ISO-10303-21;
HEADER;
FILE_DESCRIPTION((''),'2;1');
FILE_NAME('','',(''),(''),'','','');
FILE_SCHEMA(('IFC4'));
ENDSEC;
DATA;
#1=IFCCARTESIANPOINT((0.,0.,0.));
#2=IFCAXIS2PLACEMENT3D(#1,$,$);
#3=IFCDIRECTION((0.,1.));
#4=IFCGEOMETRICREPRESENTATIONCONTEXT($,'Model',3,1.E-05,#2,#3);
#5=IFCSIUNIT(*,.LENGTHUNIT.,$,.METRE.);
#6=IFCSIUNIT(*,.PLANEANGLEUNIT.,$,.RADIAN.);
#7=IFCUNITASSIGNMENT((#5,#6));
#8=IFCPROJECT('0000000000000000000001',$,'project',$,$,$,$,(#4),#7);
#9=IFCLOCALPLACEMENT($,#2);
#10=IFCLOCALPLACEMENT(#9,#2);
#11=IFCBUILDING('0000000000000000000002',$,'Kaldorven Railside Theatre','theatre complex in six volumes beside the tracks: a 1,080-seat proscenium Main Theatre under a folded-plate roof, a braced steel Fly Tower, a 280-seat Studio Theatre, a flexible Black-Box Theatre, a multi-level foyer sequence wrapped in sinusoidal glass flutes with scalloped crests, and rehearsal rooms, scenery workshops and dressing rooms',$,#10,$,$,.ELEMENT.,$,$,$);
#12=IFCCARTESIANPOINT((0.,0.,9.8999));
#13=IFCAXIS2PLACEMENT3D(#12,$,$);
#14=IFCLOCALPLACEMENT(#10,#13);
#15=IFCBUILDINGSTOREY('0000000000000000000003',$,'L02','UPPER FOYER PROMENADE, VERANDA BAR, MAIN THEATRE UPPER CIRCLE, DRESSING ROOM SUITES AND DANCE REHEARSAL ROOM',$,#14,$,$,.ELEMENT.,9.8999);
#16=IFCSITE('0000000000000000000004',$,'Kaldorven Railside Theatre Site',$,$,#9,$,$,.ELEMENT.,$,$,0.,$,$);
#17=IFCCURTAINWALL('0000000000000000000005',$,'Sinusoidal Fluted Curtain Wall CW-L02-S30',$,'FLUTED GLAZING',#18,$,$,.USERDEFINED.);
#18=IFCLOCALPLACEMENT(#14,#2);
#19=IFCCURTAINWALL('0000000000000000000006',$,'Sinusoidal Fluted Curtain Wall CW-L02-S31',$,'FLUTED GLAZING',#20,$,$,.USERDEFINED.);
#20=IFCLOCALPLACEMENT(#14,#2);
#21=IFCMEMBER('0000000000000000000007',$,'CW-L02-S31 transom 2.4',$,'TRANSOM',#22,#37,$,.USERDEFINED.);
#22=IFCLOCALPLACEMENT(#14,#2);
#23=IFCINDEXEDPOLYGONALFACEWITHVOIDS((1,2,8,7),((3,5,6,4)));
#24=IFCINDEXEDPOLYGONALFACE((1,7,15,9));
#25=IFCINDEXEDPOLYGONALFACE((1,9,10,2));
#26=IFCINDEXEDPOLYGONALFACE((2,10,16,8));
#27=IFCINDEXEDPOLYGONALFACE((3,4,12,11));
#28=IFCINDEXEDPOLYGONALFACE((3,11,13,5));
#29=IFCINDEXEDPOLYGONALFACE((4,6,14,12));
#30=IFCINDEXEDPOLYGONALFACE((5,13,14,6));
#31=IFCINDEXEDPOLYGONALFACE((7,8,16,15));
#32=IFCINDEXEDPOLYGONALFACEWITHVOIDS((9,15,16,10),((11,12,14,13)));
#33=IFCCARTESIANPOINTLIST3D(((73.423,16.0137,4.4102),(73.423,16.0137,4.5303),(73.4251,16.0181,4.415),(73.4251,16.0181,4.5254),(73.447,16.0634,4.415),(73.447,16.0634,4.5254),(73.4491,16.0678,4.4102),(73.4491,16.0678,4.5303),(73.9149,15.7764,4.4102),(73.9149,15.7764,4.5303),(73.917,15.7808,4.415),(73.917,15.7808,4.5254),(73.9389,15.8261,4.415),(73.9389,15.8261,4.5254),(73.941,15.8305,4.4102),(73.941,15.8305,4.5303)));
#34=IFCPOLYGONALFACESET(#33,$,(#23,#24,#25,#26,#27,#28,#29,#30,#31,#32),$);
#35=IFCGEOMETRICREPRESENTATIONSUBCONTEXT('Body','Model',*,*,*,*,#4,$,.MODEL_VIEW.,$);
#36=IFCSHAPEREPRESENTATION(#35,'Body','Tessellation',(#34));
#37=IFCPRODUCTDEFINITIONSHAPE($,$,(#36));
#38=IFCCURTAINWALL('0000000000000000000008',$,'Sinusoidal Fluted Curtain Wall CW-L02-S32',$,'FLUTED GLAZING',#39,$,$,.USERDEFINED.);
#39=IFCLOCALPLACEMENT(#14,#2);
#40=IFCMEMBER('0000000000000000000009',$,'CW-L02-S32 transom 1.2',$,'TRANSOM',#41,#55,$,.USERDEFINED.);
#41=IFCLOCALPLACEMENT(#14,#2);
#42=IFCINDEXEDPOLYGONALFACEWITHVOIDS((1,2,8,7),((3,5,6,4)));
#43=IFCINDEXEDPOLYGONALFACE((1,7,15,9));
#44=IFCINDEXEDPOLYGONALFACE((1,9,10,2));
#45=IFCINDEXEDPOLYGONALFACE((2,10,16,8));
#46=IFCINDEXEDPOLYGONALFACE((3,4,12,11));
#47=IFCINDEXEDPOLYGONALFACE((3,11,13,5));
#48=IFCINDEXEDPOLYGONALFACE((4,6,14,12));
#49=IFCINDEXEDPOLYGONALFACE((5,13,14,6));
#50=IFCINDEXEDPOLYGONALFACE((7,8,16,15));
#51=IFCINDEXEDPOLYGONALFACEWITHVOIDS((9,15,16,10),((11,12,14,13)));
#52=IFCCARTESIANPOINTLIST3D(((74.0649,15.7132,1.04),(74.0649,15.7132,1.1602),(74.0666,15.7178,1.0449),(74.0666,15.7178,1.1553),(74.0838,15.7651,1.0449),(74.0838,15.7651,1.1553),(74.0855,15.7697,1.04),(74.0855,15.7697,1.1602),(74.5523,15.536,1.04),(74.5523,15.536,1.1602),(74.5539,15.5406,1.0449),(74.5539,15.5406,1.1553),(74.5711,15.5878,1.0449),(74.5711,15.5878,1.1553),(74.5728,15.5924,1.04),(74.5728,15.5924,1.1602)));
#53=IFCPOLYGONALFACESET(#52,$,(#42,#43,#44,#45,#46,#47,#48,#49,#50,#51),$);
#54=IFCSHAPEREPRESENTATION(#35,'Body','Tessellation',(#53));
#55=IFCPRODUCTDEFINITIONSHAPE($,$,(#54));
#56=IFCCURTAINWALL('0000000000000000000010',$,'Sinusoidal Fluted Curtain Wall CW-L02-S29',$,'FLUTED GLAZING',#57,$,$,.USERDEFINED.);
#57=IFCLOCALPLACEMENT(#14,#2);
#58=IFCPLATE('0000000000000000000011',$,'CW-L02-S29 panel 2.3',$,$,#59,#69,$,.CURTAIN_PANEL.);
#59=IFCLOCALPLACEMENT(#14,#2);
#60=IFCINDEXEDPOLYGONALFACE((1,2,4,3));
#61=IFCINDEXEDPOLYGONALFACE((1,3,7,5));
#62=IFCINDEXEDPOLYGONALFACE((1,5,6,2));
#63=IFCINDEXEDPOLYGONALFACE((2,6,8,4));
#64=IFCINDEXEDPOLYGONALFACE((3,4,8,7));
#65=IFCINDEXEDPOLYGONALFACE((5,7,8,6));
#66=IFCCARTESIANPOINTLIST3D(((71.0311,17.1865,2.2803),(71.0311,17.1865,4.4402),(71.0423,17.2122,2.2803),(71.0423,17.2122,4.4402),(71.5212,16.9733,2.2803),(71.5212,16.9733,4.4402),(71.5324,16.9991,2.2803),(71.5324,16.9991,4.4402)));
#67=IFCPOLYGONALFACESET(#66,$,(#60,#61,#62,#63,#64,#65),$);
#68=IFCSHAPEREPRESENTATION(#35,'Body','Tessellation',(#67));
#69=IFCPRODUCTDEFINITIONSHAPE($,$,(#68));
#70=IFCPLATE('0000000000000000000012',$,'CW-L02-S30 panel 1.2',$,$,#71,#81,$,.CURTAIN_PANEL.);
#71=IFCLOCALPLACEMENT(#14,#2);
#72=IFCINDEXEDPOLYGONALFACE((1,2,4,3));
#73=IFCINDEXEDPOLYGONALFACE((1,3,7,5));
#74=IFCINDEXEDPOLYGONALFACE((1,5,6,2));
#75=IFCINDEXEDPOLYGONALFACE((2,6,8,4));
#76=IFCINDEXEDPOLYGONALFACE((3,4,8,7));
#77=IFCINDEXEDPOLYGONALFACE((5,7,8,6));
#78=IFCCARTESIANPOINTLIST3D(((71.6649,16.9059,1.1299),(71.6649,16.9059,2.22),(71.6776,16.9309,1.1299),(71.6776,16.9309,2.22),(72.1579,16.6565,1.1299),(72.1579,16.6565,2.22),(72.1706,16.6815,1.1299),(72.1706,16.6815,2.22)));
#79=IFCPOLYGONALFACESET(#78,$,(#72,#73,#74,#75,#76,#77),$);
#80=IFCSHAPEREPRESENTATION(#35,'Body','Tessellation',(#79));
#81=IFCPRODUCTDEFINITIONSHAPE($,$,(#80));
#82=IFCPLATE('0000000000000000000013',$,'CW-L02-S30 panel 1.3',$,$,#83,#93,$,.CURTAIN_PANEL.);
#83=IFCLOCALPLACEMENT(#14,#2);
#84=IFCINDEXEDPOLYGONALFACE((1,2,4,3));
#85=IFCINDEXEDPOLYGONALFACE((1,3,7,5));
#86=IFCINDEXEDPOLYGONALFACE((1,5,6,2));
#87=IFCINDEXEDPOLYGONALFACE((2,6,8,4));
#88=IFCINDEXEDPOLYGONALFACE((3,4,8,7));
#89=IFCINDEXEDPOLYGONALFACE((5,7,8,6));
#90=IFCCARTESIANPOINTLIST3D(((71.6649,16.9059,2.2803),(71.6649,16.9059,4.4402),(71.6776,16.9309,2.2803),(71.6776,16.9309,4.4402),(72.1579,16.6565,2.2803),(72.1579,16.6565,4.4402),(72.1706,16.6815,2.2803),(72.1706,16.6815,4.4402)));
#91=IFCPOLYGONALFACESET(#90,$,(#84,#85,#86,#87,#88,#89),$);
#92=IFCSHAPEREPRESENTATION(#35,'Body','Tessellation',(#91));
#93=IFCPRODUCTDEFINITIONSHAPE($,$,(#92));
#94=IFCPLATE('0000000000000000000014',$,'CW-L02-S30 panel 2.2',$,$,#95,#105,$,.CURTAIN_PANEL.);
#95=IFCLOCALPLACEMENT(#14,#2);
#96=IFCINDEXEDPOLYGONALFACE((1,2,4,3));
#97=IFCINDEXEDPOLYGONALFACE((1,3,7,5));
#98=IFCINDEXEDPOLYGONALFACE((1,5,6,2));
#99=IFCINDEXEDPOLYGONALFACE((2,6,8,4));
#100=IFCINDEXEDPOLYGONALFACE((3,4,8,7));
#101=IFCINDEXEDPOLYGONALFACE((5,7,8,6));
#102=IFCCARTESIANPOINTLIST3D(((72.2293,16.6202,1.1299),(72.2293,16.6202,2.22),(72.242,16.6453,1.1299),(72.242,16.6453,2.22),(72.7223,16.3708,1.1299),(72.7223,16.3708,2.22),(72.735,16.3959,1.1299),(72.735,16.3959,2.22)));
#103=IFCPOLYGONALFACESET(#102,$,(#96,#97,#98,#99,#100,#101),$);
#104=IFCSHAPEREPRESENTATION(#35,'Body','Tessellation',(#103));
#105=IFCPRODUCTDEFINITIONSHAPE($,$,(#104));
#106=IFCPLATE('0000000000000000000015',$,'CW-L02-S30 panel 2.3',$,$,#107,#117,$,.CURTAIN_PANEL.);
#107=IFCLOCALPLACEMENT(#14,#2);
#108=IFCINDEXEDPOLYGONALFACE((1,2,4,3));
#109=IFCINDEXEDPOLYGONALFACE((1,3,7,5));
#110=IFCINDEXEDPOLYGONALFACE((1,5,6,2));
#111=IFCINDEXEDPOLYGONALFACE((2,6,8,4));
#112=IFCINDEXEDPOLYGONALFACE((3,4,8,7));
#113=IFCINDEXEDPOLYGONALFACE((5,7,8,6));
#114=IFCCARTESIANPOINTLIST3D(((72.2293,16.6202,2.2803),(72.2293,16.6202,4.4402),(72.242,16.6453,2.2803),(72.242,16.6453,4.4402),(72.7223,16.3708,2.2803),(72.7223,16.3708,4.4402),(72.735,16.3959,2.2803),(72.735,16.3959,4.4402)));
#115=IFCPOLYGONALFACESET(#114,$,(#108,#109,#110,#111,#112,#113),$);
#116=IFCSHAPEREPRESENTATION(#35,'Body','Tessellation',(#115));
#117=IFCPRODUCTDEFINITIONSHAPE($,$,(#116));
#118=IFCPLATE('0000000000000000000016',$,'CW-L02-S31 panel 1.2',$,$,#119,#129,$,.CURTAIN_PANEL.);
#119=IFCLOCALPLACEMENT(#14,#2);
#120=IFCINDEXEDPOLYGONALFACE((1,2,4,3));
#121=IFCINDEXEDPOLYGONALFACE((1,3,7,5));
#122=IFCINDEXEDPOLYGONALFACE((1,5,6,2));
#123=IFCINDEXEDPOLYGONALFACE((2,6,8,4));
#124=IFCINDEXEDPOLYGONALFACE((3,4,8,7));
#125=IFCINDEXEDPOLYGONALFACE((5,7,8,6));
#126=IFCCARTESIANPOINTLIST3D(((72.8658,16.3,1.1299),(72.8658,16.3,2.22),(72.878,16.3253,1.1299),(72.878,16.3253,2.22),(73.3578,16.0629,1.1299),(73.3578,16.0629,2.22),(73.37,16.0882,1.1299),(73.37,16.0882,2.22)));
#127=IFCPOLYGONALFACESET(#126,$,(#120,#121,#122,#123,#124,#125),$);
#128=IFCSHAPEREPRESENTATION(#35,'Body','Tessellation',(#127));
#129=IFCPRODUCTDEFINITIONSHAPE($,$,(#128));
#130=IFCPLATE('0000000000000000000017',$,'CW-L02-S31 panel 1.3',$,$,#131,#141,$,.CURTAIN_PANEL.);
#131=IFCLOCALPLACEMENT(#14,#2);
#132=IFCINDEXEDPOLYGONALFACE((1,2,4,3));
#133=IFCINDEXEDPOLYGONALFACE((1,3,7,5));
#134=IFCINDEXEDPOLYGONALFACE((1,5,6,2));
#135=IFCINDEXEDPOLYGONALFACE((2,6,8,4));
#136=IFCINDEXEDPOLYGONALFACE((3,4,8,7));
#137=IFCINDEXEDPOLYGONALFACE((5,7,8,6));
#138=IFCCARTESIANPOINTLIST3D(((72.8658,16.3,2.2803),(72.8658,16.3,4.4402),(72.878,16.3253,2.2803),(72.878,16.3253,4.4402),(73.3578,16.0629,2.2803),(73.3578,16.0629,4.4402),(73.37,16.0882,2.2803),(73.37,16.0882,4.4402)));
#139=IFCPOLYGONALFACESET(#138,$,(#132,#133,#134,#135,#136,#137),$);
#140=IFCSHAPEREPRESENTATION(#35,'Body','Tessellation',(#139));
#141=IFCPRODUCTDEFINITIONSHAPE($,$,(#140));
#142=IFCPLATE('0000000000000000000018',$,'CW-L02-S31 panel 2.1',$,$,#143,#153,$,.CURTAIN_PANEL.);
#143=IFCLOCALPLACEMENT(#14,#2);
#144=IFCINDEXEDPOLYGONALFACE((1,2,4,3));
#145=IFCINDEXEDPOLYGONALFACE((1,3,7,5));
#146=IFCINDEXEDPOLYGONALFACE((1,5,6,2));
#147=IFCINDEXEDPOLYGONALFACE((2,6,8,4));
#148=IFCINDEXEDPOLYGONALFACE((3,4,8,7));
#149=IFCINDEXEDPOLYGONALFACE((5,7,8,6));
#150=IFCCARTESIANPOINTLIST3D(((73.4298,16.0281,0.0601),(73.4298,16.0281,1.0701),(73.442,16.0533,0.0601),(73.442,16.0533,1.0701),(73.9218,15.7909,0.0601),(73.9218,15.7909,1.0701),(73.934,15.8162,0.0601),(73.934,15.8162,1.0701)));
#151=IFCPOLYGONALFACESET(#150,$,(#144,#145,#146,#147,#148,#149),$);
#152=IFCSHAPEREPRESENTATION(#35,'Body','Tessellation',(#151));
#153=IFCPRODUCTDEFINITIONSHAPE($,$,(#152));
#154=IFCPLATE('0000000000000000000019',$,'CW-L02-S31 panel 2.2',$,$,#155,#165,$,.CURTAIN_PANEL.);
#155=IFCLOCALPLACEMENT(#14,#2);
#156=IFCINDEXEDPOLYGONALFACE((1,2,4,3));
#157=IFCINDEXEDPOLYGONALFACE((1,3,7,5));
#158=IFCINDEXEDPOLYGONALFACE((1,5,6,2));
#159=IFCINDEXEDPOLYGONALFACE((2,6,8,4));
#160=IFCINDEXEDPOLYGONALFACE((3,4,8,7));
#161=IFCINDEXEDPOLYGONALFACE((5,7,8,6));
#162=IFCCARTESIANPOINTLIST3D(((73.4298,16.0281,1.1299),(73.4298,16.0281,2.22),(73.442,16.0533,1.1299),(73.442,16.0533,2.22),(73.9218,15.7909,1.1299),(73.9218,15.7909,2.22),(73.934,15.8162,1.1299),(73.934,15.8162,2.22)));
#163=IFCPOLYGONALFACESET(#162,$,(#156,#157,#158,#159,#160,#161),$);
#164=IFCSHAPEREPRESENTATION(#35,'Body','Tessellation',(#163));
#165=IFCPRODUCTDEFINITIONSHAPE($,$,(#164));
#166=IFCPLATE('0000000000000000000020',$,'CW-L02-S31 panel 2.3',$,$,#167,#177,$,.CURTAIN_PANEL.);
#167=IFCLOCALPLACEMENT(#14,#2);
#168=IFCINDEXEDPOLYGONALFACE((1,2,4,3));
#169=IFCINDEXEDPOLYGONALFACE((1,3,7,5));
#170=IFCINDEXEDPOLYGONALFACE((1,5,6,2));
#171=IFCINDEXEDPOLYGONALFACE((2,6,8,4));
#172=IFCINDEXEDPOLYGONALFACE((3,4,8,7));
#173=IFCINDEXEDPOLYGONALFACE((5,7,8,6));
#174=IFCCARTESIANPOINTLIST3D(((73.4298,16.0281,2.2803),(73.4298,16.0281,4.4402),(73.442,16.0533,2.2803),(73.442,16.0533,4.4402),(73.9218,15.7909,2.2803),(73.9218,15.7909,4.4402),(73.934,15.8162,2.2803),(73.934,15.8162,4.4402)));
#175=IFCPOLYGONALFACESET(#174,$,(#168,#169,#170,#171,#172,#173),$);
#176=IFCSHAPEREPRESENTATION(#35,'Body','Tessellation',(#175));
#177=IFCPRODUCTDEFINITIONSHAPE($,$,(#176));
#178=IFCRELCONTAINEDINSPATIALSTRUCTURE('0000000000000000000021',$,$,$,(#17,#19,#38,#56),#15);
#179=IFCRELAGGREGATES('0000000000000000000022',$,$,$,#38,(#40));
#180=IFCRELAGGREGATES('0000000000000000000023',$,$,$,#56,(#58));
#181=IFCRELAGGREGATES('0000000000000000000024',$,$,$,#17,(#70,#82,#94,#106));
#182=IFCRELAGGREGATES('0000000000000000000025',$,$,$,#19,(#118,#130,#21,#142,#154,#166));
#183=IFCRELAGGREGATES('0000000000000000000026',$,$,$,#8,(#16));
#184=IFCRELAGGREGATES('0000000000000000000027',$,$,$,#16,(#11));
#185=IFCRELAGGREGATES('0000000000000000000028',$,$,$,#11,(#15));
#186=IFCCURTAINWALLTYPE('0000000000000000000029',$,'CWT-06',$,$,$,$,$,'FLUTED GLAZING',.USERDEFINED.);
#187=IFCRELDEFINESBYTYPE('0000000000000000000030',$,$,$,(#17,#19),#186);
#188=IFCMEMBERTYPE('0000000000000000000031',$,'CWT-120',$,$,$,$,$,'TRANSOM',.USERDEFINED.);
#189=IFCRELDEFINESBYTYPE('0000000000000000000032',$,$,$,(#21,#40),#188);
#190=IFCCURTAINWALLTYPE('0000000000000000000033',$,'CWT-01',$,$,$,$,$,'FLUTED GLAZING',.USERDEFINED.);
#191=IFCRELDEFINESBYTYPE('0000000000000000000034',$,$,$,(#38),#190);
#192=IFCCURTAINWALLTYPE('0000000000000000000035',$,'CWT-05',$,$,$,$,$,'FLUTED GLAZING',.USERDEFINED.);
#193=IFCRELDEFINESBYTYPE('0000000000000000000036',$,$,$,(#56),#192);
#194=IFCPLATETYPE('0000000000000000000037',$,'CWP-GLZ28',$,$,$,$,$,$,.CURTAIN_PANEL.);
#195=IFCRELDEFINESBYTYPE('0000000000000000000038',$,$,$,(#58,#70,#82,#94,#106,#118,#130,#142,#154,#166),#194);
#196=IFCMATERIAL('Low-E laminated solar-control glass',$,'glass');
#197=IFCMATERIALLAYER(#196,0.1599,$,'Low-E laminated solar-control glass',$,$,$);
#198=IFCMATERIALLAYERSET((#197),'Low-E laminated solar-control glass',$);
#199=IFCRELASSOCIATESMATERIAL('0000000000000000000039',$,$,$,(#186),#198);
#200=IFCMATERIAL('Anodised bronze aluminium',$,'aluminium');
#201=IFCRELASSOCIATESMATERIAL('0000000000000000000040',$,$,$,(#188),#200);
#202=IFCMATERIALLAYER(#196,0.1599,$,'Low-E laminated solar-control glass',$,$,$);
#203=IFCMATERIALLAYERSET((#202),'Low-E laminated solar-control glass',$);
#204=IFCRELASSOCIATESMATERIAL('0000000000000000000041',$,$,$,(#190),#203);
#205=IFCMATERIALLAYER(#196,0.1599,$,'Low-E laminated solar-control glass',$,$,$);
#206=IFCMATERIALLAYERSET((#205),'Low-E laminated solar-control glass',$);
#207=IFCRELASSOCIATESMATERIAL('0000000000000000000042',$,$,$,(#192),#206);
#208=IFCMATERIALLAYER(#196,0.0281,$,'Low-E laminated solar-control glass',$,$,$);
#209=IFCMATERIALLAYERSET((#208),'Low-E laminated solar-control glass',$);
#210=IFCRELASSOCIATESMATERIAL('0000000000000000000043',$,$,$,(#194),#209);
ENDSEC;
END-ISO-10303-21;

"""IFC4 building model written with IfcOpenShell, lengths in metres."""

from ifc_helpers import new_model, si_unit, direction, frame, origin, origin_2d, place, context, subcontext, project, spatial, rectangle, hollow_rectangle, extrude, material, layer, layer_set, material_profile, profile_set, type_object, element, aggregate, save


model = new_model("IFC4")

# Units and contexts
model_context = context("Model", 3, precision=1e-05, world=origin(), true_north=direction((0.0, 1.0)))
body_context = subcontext(model_context, "Body", "Model", "MODEL_VIEW")
ifc_project = project(units=[si_unit("LENGTHUNIT", "METRE"), si_unit("PLANEANGLEUNIT", "RADIAN")], contexts=[model_context])

# Site, building, storey
site_placement = place(None, origin())
site = spatial("IfcSite", under=ifc_project, at=site_placement, Name="Kaldorven Railside Theatre Site", CompositionType="ELEMENT", RefElevation=0.0)
building_placement = place(site_placement, origin())
building = spatial("IfcBuilding", under=site, at=building_placement, Name="Kaldorven Railside Theatre", Description="theatre complex in six volumes beside the tracks: a 1,080-seat proscenium Main Theatre under a folded-plate roof, a braced steel Fly Tower, a 280-seat Studio Theatre, a flexible Black-Box Theatre, a multi-level foyer sequence wrapped in sinusoidal glass flutes with scalloped crests, and rehearsal rooms, scenery workshops and dressing rooms", CompositionType="ELEMENT")
storey_placement = place(building_placement, frame((0.0, 0.0, 9.8999)))
storey = spatial("IfcBuildingStorey", under=building, at=storey_placement, Name="L02", Description="UPPER FOYER PROMENADE, VERANDA BAR, MAIN THEATRE UPPER CIRCLE, DRESSING ROOM SUITES AND DANCE REHEARSAL ROOM", CompositionType="ELEMENT", Elevation=9.8999)

# Curtain walls, member
ifc_material_1 = material(Name="Low-E laminated solar-control glass", Category="glass")
ifc_layer_1 = layer(ifc_material_1, 0.1599, Name="Low-E laminated solar-control glass")
ifc_layer_set_1 = layer_set([ifc_layer_1], Name="Low-E laminated solar-control glass")
curtain_wall_type_1 = type_object("IfcCurtainWallType", Name="CWT-06", ElementType="FLUTED GLAZING", PredefinedType="USERDEFINED", material=ifc_layer_set_1)
curtain_wall_1_placement = place(storey_placement, origin())
curtain_wall_1 = element("IfcCurtainWall", 1, at=curtain_wall_1_placement, inside=storey, type_object=curtain_wall_type_1, Name="Sinusoidal Fluted Curtain Wall CW-L02-S30", ObjectType="FLUTED GLAZING", PredefinedType="USERDEFINED")
ifc_material_2 = material(Name="Anodised bronze aluminium", Category="aluminium")
ifc_material_profile = material_profile(ifc_material_2, hollow_rectangle(XDim=0.0601, YDim=0.1201, WallThickness=0.0049, at=origin_2d()), Name="RHS 120x60x5")
ifc_profile_set = profile_set([ifc_material_profile], Name="Anodised bronze aluminium")
member_type = type_object("IfcMemberType", Name="CWT-120", ElementType="TRANSOM", PredefinedType="USERDEFINED", material=ifc_profile_set)
curtain_wall_2_placement = place(storey_placement, origin())
curtain_wall_2 = element("IfcCurtainWall", 2, at=curtain_wall_2_placement, inside=storey, type_object=curtain_wall_type_1, Name="Sinusoidal Fluted Curtain Wall CW-L02-S31", ObjectType="FLUTED GLAZING", PredefinedType="USERDEFINED")
member_1_placement = place(storey_placement, frame((73.436, 16.0408, 4.4702), z_axis=(0.900684, -0.434474, 0.0), x_axis=(0.434474, 0.900684, 0.0)))
member_1 = element("IfcMember", 3, at=member_1_placement, type_object=member_type, Name="CW-L02-S31 transom 2.4", ObjectType="TRANSOM", PredefinedType="USERDEFINED", context=body_context, shape_type="SweptSolid", body=[
    extrude(hollow_rectangle(XDim=0.0601, YDim=0.1201, WallThickness=0.0049, at=origin_2d()), origin(), (0.0, 0.0, 1.0), 0.5461),
])

# Curtain wall, member
ifc_layer_2 = layer(ifc_material_1, 0.1599, Name="Low-E laminated solar-control glass")
ifc_layer_set_2 = layer_set([ifc_layer_2], Name="Low-E laminated solar-control glass")
curtain_wall_type_2 = type_object("IfcCurtainWallType", Name="CWT-01", ElementType="FLUTED GLAZING", PredefinedType="USERDEFINED", material=ifc_layer_set_2)
curtain_wall_3_placement = place(storey_placement, origin())
curtain_wall_3 = element("IfcCurtainWall", 4, at=curtain_wall_3_placement, inside=storey, type_object=curtain_wall_type_2, Name="Sinusoidal Fluted Curtain Wall CW-L02-S32", ObjectType="FLUTED GLAZING", PredefinedType="USERDEFINED")
member_2_placement = place(storey_placement, frame((74.0752, 15.7415, 1.1001), z_axis=(0.939766, -0.341819, 0.0), x_axis=(0.341819, 0.939766, 0.0)))
member_2 = element("IfcMember", 5, at=member_2_placement, type_object=member_type, Name="CW-L02-S32 transom 1.2", ObjectType="TRANSOM", PredefinedType="USERDEFINED", context=body_context, shape_type="SweptSolid", body=[
    extrude(hollow_rectangle(XDim=0.0601, YDim=0.1201, WallThickness=0.0049, at=origin_2d()), origin(), (0.0, 0.0, 1.0), 0.5186),
])
aggregate(curtain_wall_3, [member_2])

# Curtain wall, plate
ifc_layer_3 = layer(ifc_material_1, 0.1599, Name="Low-E laminated solar-control glass")
ifc_layer_set_3 = layer_set([ifc_layer_3], Name="Low-E laminated solar-control glass")
curtain_wall_type_3 = type_object("IfcCurtainWallType", Name="CWT-05", ElementType="FLUTED GLAZING", PredefinedType="USERDEFINED", material=ifc_layer_set_3)
curtain_wall_4_placement = place(storey_placement, origin())
curtain_wall_4 = element("IfcCurtainWall", 6, at=curtain_wall_4_placement, inside=storey, type_object=curtain_wall_type_3, Name="Sinusoidal Fluted Curtain Wall CW-L02-S29", ObjectType="FLUTED GLAZING", PredefinedType="USERDEFINED")
ifc_layer_4 = layer(ifc_material_1, 0.0281, Name="Low-E laminated solar-control glass")
ifc_layer_set_4 = layer_set([ifc_layer_4], Name="Low-E laminated solar-control glass")
plate_type = type_object("IfcPlateType", Name="CWP-GLZ28", PredefinedType="CURTAIN_PANEL", material=ifc_layer_set_4)
plate_1_placement = place(storey_placement, frame((71.2817, 17.0928, 2.2803), z_axis=(0.0, 0.0, 1.0), x_axis=(0.916997, -0.398894, 0.0)))
plate_1 = element("IfcPlate", 7, at=plate_1_placement, type_object=plate_type, Name="CW-L02-S29 panel 2.3", PredefinedType="CURTAIN_PANEL", context=body_context, shape_type="SweptSolid", body=[
    extrude(rectangle(XDim=0.5344, YDim=0.0281, at=origin_2d()), origin(), (0.0, 0.0, 1.0), 2.1599),
])
aggregate(curtain_wall_4, [plate_1])

# Plates
plate_2_placement = place(storey_placement, frame((71.9177, 16.7937, 1.1299), z_axis=(0.0, 0.0, 1.0), x_axis=(0.892305, -0.451432, 0.0)))
plate_2 = element("IfcPlate", 8, at=plate_2_placement, type_object=plate_type, Name="CW-L02-S30 panel 1.2", PredefinedType="CURTAIN_PANEL", context=body_context, shape_type="SweptSolid", body=[
    extrude(rectangle(XDim=0.5525, YDim=0.0281, at=origin_2d()), origin(), (0.0, 0.0, 1.0), 1.0901),
])
plate_3_placement = place(storey_placement, frame((71.9177, 16.7937, 2.2803), z_axis=(0.0, 0.0, 1.0), x_axis=(0.892305, -0.451432, 0.0)))
plate_3 = element("IfcPlate", 9, at=plate_3_placement, type_object=plate_type, Name="CW-L02-S30 panel 1.3", PredefinedType="CURTAIN_PANEL", context=body_context, shape_type="SweptSolid", body=[
    extrude(rectangle(XDim=0.5525, YDim=0.0281, at=origin_2d()), origin(), (0.0, 0.0, 1.0), 2.1599),
])
plate_4_placement = place(storey_placement, frame((72.4822, 16.5081, 1.1299), z_axis=(0.0, 0.0, 1.0), x_axis=(0.892305, -0.451432, 0.0)))
plate_4 = element("IfcPlate", 10, at=plate_4_placement, type_object=plate_type, Name="CW-L02-S30 panel 2.2", PredefinedType="CURTAIN_PANEL", context=body_context, shape_type="SweptSolid", body=[
    extrude(rectangle(XDim=0.5525, YDim=0.0281, at=origin_2d()), origin(), (0.0, 0.0, 1.0), 1.0901),
])
plate_5_placement = place(storey_placement, frame((72.4822, 16.5081, 2.2803), z_axis=(0.0, 0.0, 1.0), x_axis=(0.892305, -0.451432, 0.0)))
plate_5 = element("IfcPlate", 11, at=plate_5_placement, type_object=plate_type, Name="CW-L02-S30 panel 2.3", PredefinedType="CURTAIN_PANEL", context=body_context, shape_type="SweptSolid", body=[
    extrude(rectangle(XDim=0.5525, YDim=0.0281, at=origin_2d()), origin(), (0.0, 0.0, 1.0), 2.1599),
])
aggregate(curtain_wall_1, [plate_2, plate_3, plate_4, plate_5])
plate_6_placement = place(storey_placement, frame((73.1179, 16.1941, 1.1299), z_axis=(0.0, 0.0, 1.0), x_axis=(0.90079, -0.434256, 0.0)))
plate_6 = element("IfcPlate", 12, at=plate_6_placement, type_object=plate_type, Name="CW-L02-S31 panel 1.2", PredefinedType="CURTAIN_PANEL", context=body_context, shape_type="SweptSolid", body=[
    extrude(rectangle(XDim=0.5461, YDim=0.0281, at=origin_2d()), origin(), (0.0, 0.0, 1.0), 1.0901),
])
plate_7_placement = place(storey_placement, frame((73.1179, 16.1941, 2.2803), z_axis=(0.0, 0.0, 1.0), x_axis=(0.90079, -0.434256, 0.0)))
plate_7 = element("IfcPlate", 13, at=plate_7_placement, type_object=plate_type, Name="CW-L02-S31 panel 1.3", PredefinedType="CURTAIN_PANEL", context=body_context, shape_type="SweptSolid", body=[
    extrude(rectangle(XDim=0.5461, YDim=0.0281, at=origin_2d()), origin(), (0.0, 0.0, 1.0), 2.1599),
])
plate_8_placement = place(storey_placement, frame((73.6819, 15.9221, 0.0601), z_axis=(0.0, 0.0, 1.0), x_axis=(0.90079, -0.434256, 0.0)))
plate_8 = element("IfcPlate", 14, at=plate_8_placement, type_object=plate_type, Name="CW-L02-S31 panel 2.1", PredefinedType="CURTAIN_PANEL", context=body_context, shape_type="SweptSolid", body=[
    extrude(rectangle(XDim=0.5461, YDim=0.0281, at=origin_2d()), origin(), (0.0, 0.0, 1.0), 1.01),
])
plate_9_placement = place(storey_placement, frame((73.6819, 15.9221, 1.1299), z_axis=(0.0, 0.0, 1.0), x_axis=(0.90079, -0.434256, 0.0)))
plate_9 = element("IfcPlate", 15, at=plate_9_placement, type_object=plate_type, Name="CW-L02-S31 panel 2.2", PredefinedType="CURTAIN_PANEL", context=body_context, shape_type="SweptSolid", body=[
    extrude(rectangle(XDim=0.5461, YDim=0.0281, at=origin_2d()), origin(), (0.0, 0.0, 1.0), 1.0901),
])
plate_10_placement = place(storey_placement, frame((73.6819, 15.9221, 2.2803), z_axis=(0.0, 0.0, 1.0), x_axis=(0.90079, -0.434256, 0.0)))
plate_10 = element("IfcPlate", 16, at=plate_10_placement, type_object=plate_type, Name="CW-L02-S31 panel 2.3", PredefinedType="CURTAIN_PANEL", context=body_context, shape_type="SweptSolid", body=[
    extrude(rectangle(XDim=0.5461, YDim=0.0281, at=origin_2d()), origin(), (0.0, 0.0, 1.0), 2.1599),
])
aggregate(curtain_wall_2, [plate_6, plate_7, member_1, plate_8, plate_9, plate_10])

save(model, "model.ifc")
